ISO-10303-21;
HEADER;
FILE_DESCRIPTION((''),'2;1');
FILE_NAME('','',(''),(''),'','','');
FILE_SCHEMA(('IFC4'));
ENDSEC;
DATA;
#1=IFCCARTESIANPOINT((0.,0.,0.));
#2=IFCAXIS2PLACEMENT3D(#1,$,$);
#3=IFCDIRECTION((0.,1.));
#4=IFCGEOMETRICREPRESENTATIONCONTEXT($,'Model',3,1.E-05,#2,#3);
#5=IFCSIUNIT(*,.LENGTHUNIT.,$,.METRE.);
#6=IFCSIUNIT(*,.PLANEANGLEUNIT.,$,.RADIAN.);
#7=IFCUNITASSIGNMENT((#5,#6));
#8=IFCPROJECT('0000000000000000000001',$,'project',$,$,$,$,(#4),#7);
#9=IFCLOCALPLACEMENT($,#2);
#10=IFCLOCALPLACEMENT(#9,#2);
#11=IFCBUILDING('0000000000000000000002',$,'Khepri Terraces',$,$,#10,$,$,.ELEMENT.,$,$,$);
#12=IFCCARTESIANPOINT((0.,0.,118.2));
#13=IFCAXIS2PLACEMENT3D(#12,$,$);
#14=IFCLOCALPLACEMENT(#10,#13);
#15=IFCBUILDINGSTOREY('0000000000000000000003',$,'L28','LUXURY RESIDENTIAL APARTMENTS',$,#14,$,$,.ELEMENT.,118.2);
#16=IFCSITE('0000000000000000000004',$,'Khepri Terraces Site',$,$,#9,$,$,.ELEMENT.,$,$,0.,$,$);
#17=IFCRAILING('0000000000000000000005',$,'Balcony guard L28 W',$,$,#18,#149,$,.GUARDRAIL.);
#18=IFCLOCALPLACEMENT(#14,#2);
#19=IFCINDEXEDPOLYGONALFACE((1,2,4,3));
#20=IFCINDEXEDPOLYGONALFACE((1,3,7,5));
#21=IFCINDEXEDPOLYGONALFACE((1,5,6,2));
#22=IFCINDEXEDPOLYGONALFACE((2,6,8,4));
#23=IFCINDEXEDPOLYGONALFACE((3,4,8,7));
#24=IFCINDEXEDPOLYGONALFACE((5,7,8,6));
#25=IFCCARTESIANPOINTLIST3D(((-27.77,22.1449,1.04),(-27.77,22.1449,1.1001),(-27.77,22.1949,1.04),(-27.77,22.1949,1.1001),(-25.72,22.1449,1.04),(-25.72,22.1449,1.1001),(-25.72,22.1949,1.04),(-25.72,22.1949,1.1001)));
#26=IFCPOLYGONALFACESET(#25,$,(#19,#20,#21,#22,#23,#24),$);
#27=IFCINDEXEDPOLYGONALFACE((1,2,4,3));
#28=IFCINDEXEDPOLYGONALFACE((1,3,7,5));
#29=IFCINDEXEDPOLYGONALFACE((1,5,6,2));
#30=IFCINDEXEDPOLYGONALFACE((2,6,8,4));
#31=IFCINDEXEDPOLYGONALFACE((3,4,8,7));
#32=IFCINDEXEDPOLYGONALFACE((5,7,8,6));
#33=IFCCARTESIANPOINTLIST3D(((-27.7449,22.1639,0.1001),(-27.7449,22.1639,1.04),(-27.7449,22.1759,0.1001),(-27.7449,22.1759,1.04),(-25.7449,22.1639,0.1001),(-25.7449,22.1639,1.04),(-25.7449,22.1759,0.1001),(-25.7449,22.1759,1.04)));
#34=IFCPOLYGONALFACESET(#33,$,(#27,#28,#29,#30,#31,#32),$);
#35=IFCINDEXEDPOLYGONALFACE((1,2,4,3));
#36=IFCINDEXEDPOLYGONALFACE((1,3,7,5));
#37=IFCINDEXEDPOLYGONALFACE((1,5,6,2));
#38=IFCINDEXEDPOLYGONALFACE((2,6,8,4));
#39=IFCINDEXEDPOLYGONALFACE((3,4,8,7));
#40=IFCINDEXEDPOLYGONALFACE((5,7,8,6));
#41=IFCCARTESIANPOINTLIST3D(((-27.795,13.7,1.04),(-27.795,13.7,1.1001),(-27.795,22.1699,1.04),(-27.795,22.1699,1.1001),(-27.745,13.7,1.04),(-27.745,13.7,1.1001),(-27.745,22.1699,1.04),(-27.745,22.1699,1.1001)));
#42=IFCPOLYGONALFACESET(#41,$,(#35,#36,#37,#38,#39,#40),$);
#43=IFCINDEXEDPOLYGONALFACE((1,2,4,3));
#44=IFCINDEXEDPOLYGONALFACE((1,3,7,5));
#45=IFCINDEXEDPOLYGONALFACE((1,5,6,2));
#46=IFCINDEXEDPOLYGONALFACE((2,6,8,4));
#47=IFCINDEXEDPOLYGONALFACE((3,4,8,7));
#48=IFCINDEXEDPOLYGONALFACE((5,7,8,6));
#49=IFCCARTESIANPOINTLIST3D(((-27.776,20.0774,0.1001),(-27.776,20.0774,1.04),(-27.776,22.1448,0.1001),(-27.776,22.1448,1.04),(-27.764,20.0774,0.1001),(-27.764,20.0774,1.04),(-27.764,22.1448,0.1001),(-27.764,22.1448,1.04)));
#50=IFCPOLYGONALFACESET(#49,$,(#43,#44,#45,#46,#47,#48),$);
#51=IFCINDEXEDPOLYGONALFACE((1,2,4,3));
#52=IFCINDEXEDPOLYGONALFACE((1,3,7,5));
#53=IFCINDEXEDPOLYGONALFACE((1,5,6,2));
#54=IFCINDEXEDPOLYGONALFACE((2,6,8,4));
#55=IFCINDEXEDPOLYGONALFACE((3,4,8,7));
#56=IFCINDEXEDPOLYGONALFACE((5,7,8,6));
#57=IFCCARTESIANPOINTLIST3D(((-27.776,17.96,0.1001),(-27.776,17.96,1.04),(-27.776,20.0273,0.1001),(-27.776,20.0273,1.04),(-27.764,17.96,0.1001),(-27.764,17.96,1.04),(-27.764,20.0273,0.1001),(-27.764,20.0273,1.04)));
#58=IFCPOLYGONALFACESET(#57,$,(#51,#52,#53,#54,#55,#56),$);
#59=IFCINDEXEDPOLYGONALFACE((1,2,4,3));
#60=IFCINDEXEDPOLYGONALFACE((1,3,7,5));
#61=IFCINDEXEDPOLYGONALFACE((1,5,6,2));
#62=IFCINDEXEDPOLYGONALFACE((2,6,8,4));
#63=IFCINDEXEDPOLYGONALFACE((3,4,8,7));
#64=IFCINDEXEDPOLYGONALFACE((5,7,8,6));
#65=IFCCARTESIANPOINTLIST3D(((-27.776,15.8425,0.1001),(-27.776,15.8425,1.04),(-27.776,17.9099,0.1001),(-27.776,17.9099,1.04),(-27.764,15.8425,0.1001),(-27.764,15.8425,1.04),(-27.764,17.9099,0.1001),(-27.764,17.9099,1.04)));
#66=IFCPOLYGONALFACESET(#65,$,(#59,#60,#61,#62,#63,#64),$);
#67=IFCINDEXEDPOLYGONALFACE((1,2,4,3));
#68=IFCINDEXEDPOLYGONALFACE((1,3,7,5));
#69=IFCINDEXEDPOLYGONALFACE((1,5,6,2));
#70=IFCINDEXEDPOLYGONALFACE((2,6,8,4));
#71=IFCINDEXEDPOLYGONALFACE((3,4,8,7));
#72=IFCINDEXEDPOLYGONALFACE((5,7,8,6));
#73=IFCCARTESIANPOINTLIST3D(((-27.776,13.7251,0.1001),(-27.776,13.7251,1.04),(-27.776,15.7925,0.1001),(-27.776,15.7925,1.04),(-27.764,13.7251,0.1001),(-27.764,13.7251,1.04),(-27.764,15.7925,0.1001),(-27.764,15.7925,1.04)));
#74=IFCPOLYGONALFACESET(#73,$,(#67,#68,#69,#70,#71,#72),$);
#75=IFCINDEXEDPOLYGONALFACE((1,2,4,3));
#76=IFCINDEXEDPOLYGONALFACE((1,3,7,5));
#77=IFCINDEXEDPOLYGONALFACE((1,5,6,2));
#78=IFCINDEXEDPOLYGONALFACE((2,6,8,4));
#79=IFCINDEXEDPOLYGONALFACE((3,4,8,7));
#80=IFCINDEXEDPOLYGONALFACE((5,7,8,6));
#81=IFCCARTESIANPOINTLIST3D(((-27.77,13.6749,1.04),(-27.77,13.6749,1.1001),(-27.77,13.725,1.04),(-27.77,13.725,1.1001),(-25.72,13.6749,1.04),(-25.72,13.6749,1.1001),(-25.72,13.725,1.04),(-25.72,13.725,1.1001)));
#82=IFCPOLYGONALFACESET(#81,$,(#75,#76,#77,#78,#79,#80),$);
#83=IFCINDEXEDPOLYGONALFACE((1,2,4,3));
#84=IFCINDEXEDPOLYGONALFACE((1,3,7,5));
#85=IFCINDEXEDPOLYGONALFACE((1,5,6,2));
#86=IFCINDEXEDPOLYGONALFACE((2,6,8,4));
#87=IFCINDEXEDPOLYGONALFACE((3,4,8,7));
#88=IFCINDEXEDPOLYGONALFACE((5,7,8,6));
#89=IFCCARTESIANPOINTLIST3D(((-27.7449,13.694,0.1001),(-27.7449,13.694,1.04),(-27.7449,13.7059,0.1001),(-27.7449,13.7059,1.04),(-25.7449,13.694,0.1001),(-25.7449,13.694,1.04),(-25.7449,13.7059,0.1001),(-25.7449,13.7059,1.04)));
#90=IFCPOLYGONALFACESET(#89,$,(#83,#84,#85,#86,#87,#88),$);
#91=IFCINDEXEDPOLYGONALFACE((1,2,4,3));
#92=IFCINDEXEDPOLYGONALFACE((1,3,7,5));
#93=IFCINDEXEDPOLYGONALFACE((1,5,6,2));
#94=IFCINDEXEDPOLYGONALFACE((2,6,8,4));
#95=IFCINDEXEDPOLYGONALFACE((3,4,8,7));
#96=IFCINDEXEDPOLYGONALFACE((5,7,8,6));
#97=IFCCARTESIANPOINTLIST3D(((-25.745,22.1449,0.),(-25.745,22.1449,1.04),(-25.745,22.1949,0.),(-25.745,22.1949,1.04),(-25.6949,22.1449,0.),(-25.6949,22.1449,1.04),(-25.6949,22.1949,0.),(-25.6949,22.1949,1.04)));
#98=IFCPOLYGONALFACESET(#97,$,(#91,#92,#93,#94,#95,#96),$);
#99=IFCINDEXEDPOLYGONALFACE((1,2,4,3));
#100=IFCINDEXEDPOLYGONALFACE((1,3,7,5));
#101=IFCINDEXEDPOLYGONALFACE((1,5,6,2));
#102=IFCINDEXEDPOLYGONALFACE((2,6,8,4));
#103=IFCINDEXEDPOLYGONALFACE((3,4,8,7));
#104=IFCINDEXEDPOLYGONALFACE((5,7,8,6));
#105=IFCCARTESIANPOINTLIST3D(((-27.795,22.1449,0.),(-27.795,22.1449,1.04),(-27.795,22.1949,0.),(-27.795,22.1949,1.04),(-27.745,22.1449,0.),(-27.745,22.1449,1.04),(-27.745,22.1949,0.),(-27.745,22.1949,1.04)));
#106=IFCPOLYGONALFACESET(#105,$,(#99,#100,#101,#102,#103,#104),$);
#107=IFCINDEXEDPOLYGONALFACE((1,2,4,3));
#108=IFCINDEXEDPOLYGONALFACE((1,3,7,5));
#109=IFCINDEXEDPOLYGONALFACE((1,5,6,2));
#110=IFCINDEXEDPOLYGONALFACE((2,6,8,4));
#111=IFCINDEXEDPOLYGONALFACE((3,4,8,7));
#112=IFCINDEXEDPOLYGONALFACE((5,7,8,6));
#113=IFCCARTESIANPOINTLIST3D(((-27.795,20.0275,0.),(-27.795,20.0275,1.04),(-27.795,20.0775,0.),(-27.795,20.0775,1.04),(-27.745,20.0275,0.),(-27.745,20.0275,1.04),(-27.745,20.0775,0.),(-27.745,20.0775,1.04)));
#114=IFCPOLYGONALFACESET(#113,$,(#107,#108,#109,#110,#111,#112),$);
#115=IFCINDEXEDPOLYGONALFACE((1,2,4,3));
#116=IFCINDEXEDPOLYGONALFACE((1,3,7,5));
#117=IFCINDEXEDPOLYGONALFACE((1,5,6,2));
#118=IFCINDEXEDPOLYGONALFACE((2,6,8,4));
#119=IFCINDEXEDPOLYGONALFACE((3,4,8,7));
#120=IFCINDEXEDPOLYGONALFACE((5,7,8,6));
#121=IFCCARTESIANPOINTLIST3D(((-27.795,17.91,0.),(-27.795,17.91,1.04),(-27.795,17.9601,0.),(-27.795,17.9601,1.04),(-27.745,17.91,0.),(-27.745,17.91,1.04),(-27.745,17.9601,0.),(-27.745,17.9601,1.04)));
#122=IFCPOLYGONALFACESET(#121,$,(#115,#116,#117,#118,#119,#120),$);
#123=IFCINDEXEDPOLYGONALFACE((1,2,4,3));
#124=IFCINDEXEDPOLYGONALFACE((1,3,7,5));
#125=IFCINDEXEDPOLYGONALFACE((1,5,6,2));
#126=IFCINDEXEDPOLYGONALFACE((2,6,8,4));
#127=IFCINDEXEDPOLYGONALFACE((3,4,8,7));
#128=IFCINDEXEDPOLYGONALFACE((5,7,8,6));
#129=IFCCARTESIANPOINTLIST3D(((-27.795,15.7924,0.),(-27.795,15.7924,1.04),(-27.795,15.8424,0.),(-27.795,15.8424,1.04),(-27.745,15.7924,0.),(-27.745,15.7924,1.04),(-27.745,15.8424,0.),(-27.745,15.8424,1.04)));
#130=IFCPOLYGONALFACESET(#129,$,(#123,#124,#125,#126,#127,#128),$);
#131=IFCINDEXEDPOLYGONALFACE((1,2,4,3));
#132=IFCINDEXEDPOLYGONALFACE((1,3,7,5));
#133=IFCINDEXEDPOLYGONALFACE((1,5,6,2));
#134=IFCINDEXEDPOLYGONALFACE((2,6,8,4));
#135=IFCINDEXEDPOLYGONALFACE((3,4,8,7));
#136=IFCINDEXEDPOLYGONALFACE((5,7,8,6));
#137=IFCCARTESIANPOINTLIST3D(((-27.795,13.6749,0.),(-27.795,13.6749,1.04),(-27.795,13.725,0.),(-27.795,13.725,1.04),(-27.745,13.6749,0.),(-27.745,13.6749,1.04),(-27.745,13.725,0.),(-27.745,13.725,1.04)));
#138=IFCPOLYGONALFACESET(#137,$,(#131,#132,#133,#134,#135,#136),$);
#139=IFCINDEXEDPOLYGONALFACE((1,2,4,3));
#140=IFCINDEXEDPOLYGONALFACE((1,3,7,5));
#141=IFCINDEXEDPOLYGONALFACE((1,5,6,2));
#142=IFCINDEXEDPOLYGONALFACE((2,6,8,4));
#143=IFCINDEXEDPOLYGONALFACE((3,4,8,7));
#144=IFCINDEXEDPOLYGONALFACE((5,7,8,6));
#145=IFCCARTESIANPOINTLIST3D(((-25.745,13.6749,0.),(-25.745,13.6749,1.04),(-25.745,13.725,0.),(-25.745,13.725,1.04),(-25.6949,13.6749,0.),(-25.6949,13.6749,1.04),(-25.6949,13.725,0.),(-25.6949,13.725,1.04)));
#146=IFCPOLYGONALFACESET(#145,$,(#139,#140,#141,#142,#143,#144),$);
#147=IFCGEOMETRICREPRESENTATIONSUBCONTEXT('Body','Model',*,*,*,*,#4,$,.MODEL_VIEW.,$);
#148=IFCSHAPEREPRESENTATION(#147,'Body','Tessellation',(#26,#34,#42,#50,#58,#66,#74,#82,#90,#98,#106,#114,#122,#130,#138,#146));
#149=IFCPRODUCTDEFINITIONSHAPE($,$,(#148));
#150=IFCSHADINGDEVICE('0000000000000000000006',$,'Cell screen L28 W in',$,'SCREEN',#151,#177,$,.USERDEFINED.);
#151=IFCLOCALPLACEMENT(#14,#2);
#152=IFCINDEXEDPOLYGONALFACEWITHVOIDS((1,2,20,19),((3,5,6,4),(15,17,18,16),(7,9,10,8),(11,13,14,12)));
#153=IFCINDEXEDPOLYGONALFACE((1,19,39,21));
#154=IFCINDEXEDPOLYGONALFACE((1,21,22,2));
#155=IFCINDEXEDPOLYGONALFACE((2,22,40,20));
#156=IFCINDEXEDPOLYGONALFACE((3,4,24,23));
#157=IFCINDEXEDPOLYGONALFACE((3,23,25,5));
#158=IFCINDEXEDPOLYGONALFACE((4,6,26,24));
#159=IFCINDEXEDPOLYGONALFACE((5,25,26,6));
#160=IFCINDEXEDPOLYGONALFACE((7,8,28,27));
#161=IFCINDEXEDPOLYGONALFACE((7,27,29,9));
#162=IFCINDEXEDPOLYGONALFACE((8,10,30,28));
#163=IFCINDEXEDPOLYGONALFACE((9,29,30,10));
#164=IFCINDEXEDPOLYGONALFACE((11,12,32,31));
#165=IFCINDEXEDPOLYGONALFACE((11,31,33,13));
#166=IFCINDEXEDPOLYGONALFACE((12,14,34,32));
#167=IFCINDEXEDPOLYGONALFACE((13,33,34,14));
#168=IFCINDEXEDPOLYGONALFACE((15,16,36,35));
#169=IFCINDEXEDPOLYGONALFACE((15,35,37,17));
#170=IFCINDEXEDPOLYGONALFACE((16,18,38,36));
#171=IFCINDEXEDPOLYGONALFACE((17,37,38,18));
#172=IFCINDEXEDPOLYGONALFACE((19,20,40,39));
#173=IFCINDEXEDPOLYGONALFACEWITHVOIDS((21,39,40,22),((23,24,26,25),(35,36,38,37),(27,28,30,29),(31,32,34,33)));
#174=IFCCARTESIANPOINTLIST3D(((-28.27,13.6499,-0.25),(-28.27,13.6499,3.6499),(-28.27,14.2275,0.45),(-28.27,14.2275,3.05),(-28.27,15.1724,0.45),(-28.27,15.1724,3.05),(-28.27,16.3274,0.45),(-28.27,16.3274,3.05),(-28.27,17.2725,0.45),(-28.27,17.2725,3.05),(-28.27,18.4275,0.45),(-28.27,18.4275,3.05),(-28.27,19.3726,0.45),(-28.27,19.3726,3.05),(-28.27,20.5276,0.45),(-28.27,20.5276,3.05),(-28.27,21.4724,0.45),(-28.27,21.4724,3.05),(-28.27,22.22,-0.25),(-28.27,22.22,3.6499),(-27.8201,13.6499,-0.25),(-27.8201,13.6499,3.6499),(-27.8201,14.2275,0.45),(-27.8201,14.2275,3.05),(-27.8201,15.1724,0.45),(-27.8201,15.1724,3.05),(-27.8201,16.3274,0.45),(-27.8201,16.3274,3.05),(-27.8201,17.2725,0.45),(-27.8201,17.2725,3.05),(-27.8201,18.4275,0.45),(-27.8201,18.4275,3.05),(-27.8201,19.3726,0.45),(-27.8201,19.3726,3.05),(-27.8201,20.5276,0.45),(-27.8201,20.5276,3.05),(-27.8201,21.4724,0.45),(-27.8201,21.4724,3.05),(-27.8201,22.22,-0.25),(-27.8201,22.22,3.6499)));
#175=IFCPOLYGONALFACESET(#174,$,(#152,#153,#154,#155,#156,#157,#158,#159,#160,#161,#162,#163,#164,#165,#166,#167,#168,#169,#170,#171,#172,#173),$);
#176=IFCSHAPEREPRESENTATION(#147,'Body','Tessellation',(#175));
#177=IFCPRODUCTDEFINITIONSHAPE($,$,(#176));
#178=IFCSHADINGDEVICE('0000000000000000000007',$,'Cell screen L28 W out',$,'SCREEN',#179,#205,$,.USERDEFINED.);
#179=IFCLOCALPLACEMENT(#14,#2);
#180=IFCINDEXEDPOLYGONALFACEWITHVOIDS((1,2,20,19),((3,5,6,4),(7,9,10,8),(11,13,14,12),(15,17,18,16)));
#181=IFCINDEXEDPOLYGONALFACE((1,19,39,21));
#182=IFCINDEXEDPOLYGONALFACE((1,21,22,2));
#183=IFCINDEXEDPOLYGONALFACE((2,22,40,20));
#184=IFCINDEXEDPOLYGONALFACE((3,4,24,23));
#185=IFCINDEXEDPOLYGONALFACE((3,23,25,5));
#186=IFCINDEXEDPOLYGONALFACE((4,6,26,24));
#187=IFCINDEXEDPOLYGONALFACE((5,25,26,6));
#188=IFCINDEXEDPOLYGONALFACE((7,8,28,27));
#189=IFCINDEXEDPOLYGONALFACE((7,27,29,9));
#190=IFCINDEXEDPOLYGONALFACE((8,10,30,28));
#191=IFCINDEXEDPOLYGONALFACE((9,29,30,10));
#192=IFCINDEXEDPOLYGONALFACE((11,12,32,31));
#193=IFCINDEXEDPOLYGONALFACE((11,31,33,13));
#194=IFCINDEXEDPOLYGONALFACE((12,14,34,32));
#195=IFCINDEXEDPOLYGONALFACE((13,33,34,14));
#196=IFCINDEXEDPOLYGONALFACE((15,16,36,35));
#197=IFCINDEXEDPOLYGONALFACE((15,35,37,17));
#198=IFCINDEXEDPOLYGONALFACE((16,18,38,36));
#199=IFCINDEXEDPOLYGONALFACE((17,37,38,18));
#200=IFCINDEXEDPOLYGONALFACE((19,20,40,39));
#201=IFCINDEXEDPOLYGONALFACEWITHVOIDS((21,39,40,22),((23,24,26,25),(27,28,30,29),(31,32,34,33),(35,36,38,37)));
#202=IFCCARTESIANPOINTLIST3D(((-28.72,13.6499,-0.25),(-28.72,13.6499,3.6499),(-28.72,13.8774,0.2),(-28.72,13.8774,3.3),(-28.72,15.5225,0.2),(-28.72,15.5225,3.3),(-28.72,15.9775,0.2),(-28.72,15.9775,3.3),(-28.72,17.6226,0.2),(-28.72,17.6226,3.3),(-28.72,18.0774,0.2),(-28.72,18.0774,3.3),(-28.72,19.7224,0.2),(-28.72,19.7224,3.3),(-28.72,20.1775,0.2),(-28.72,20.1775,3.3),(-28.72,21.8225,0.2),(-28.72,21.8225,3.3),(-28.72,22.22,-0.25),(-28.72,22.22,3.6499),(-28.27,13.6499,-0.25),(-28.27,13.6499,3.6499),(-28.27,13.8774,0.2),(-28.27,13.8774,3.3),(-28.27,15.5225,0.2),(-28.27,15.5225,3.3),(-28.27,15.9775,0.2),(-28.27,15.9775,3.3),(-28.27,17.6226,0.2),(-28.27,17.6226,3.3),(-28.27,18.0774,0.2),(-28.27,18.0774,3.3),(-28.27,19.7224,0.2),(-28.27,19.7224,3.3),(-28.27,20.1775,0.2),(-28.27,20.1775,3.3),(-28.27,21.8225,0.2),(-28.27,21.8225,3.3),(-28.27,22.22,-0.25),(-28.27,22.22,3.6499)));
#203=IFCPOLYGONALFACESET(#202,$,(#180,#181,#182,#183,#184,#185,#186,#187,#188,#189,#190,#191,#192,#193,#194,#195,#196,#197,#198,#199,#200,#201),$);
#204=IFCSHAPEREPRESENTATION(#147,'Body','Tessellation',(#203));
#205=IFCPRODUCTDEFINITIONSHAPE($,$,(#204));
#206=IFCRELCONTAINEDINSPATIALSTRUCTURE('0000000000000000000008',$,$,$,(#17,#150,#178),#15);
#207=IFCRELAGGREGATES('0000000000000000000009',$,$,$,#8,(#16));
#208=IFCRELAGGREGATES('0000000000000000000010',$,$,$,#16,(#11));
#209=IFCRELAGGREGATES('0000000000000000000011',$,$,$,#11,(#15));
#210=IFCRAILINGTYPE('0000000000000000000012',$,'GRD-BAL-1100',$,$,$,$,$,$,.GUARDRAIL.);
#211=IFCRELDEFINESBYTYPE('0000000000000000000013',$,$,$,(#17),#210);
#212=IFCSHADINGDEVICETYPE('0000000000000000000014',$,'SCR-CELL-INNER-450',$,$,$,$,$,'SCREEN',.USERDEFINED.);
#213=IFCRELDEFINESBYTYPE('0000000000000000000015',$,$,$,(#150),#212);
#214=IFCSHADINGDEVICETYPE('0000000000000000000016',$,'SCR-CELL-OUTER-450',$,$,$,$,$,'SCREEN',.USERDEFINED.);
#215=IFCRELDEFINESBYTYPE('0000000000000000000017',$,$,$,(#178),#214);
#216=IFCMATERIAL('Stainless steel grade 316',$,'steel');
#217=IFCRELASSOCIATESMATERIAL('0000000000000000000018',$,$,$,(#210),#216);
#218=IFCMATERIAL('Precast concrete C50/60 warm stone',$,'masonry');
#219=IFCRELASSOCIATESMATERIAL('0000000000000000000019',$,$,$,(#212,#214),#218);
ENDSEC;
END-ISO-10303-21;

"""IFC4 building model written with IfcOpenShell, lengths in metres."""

from ifc_helpers import new_model, si_unit, direction, frame, origin, origin_2d, place, context, subcontext, project, spatial, polyline, rectangle, outline, extrude, material, type_object, element, save


model = new_model("IFC4")

# Units and contexts
model_context = context("Model", 3, precision=1e-05, world=origin(), true_north=direction((0.0, 1.0)))
body_context = subcontext(model_context, "Body", "Model", "MODEL_VIEW")
ifc_project = project(units=[si_unit("LENGTHUNIT", "METRE"), si_unit("PLANEANGLEUNIT", "RADIAN")], contexts=[model_context])

# Site, building, storey
site_placement = place(None, origin())
site = spatial("IfcSite", under=ifc_project, at=site_placement, Name="Khepri Terraces Site", CompositionType="ELEMENT", RefElevation=0.0)
building_placement = place(site_placement, origin())
building = spatial("IfcBuilding", under=site, at=building_placement, Name="Khepri Terraces", CompositionType="ELEMENT")
storey_placement = place(building_placement, frame((0.0, 0.0, 118.2)))
storey = spatial("IfcBuildingStorey", under=building, at=storey_placement, Name="L28", Description="LUXURY RESIDENTIAL APARTMENTS", CompositionType="ELEMENT", Elevation=118.2)

# Shared definitions
ifc_material_1 = material(Name="Precast concrete C50/60 warm stone", Category="masonry")

# Railing
ifc_material_2 = material(Name="Stainless steel grade 316", Category="steel")
railing_type = type_object("IfcRailingType", Name="GRD-BAL-1100", PredefinedType="GUARDRAIL", material=ifc_material_2)
railing_placement = place(storey_placement, frame((-25.72, 22.1699, 0.0)))
element("IfcRailing", 1, at=railing_placement, inside=storey, type_object=railing_type, Name="Balcony guard L28 W", PredefinedType="GUARDRAIL", context=body_context, shape_type="SweptSolid", body=[
    extrude(rectangle(XDim=0.05, YDim=0.0601, at=origin_2d()), frame((0.0, 0.0, 1.0701), z_axis=(-1.0, 0.0, 0.0), x_axis=(0.0, -1.0, 0.0)), (0.0, 0.0, 1.0), 2.05),
    extrude(rectangle(XDim=2.0, YDim=0.012, at=origin_2d()), frame((-1.0249, 0.0, 0.1001), z_axis=(0.0, 0.0, 1.0), x_axis=(-1.0, 0.0, 0.0)), (0.0, 0.0, 1.0), 0.9399),
    extrude(rectangle(XDim=0.05, YDim=0.0601, at=origin_2d()), frame((-2.05, 0.0, 1.0701), z_axis=(0.0, -1.0, 0.0), x_axis=(1.0, 0.0, 0.0)), (0.0, 0.0, 1.0), 8.47),
    extrude(rectangle(XDim=2.0674, YDim=0.012, at=origin_2d()), frame((-2.05, -1.0588, 0.1001), z_axis=(0.0, 0.0, 1.0), x_axis=(0.0, -1.0, 0.0)), (0.0, 0.0, 1.0), 0.9399),
    extrude(rectangle(XDim=2.0674, YDim=0.012, at=origin_2d()), frame((-2.05, -3.1763, 0.1001), z_axis=(0.0, 0.0, 1.0), x_axis=(0.0, -1.0, 0.0)), (0.0, 0.0, 1.0), 0.9399),
    extrude(rectangle(XDim=2.0674, YDim=0.012, at=origin_2d()), frame((-2.05, -5.2937, 0.1001), z_axis=(0.0, 0.0, 1.0), x_axis=(0.0, -1.0, 0.0)), (0.0, 0.0, 1.0), 0.9399),
    extrude(rectangle(XDim=2.0674, YDim=0.012, at=origin_2d()), frame((-2.05, -7.4111, 0.1001), z_axis=(0.0, 0.0, 1.0), x_axis=(0.0, -1.0, 0.0)), (0.0, 0.0, 1.0), 0.9399),
    extrude(rectangle(XDim=0.05, YDim=0.0601, at=origin_2d()), frame((-2.05, -8.47, 1.0701), z_axis=(1.0, 0.0, 0.0), x_axis=(0.0, 1.0, 0.0)), (0.0, 0.0, 1.0), 2.05),
    extrude(rectangle(XDim=2.0, YDim=0.012, at=origin_2d()), frame((-1.0249, -8.47, 0.1001), z_axis=(0.0, 0.0, 1.0), x_axis=(1.0, 0.0, 0.0)), (0.0, 0.0, 1.0), 0.9399),
    extrude(rectangle(XDim=0.05, YDim=0.05, at=origin_2d()), origin(), (0.0, 0.0, 1.0), 1.04),
    extrude(rectangle(XDim=0.05, YDim=0.05, at=origin_2d()), frame((-2.05, 0.0, 0.0)), (0.0, 0.0, 1.0), 1.04),
    extrude(rectangle(XDim=0.05, YDim=0.05, at=origin_2d()), frame((-2.05, -2.1174, 0.0)), (0.0, 0.0, 1.0), 1.04),
    extrude(rectangle(XDim=0.05, YDim=0.05, at=origin_2d()), frame((-2.05, -4.2349, 0.0)), (0.0, 0.0, 1.0), 1.04),
    extrude(rectangle(XDim=0.05, YDim=0.05, at=origin_2d()), frame((-2.05, -6.3525, 0.0)), (0.0, 0.0, 1.0), 1.04),
    extrude(rectangle(XDim=0.05, YDim=0.05, at=origin_2d()), frame((-2.05, -8.47, 0.0)), (0.0, 0.0, 1.0), 1.04),
    extrude(rectangle(XDim=0.05, YDim=0.05, at=origin_2d()), frame((0.0, -8.47, 0.0)), (0.0, 0.0, 1.0), 1.04),
])

# Shading devices
shading_device_type_1 = type_object("IfcShadingDeviceType", Name="SCR-CELL-INNER-450", ElementType="SCREEN", PredefinedType="USERDEFINED", material=ifc_material_1)
shading_device_1_placement = place(storey_placement, frame((-27.8201, 22.22, -0.25), z_axis=(-1.0, 0.0, 0.0), x_axis=(0.0, -1.0, 0.0)))
element("IfcShadingDevice", 2, at=shading_device_1_placement, inside=storey, type_object=shading_device_type_1, Name="Cell screen L28 W in", ObjectType="SCREEN", PredefinedType="USERDEFINED", context=body_context, shape_type="SweptSolid", body=[
    extrude(outline(polyline([(0.0, 0.0), (8.5701, 0.0), (8.5701, 3.8999), (0.0, 3.8999), (0.0, 0.0)]), holes=[polyline([(0.7476, 0.7), (1.6924, 0.7), (1.6924, 3.3), (0.7476, 3.3), (0.7476, 0.7)]), polyline([(2.8474, 0.7), (3.7925, 0.7), (3.7925, 3.3), (2.8474, 3.3), (2.8474, 0.7)]), polyline([(4.9475, 0.7), (5.8926, 0.7), (5.8926, 3.3), (4.9475, 3.3), (4.9475, 0.7)]), polyline([(7.0476, 0.7), (7.9924, 0.7), (7.9924, 3.3), (7.0476, 3.3), (7.0476, 0.7)])]), origin(), (0.0, 0.0, 1.0), 0.45),
])
shading_device_type_2 = type_object("IfcShadingDeviceType", Name="SCR-CELL-OUTER-450", ElementType="SCREEN", PredefinedType="USERDEFINED", material=ifc_material_1)
shading_device_2_placement = place(storey_placement, frame((-28.27, 22.22, -0.25), z_axis=(-1.0, 0.0, 0.0), x_axis=(0.0, -1.0, 0.0)))
element("IfcShadingDevice", 3, at=shading_device_2_placement, inside=storey, type_object=shading_device_type_2, Name="Cell screen L28 W out", ObjectType="SCREEN", PredefinedType="USERDEFINED", context=body_context, shape_type="SweptSolid", body=[
    extrude(outline(polyline([(0.0, 0.0), (8.5701, 0.0), (8.5701, 3.8999), (0.0, 3.8999), (0.0, 0.0)]), holes=[polyline([(0.3975, 0.45), (2.0425, 0.45), (2.0425, 3.55), (0.3975, 3.55), (0.3975, 0.45)]), polyline([(2.4976, 0.45), (4.1426, 0.45), (4.1426, 3.55), (2.4976, 3.55), (2.4976, 0.45)]), polyline([(4.5974, 0.45), (6.2424, 0.45), (6.2424, 3.55), (4.5974, 3.55), (4.5974, 0.45)]), polyline([(6.6975, 0.45), (8.3425, 0.45), (8.3425, 3.55), (6.6975, 3.55), (6.6975, 0.45)])]), origin(), (0.0, 0.0, 1.0), 0.45),
])

save(model, "model.ifc")
